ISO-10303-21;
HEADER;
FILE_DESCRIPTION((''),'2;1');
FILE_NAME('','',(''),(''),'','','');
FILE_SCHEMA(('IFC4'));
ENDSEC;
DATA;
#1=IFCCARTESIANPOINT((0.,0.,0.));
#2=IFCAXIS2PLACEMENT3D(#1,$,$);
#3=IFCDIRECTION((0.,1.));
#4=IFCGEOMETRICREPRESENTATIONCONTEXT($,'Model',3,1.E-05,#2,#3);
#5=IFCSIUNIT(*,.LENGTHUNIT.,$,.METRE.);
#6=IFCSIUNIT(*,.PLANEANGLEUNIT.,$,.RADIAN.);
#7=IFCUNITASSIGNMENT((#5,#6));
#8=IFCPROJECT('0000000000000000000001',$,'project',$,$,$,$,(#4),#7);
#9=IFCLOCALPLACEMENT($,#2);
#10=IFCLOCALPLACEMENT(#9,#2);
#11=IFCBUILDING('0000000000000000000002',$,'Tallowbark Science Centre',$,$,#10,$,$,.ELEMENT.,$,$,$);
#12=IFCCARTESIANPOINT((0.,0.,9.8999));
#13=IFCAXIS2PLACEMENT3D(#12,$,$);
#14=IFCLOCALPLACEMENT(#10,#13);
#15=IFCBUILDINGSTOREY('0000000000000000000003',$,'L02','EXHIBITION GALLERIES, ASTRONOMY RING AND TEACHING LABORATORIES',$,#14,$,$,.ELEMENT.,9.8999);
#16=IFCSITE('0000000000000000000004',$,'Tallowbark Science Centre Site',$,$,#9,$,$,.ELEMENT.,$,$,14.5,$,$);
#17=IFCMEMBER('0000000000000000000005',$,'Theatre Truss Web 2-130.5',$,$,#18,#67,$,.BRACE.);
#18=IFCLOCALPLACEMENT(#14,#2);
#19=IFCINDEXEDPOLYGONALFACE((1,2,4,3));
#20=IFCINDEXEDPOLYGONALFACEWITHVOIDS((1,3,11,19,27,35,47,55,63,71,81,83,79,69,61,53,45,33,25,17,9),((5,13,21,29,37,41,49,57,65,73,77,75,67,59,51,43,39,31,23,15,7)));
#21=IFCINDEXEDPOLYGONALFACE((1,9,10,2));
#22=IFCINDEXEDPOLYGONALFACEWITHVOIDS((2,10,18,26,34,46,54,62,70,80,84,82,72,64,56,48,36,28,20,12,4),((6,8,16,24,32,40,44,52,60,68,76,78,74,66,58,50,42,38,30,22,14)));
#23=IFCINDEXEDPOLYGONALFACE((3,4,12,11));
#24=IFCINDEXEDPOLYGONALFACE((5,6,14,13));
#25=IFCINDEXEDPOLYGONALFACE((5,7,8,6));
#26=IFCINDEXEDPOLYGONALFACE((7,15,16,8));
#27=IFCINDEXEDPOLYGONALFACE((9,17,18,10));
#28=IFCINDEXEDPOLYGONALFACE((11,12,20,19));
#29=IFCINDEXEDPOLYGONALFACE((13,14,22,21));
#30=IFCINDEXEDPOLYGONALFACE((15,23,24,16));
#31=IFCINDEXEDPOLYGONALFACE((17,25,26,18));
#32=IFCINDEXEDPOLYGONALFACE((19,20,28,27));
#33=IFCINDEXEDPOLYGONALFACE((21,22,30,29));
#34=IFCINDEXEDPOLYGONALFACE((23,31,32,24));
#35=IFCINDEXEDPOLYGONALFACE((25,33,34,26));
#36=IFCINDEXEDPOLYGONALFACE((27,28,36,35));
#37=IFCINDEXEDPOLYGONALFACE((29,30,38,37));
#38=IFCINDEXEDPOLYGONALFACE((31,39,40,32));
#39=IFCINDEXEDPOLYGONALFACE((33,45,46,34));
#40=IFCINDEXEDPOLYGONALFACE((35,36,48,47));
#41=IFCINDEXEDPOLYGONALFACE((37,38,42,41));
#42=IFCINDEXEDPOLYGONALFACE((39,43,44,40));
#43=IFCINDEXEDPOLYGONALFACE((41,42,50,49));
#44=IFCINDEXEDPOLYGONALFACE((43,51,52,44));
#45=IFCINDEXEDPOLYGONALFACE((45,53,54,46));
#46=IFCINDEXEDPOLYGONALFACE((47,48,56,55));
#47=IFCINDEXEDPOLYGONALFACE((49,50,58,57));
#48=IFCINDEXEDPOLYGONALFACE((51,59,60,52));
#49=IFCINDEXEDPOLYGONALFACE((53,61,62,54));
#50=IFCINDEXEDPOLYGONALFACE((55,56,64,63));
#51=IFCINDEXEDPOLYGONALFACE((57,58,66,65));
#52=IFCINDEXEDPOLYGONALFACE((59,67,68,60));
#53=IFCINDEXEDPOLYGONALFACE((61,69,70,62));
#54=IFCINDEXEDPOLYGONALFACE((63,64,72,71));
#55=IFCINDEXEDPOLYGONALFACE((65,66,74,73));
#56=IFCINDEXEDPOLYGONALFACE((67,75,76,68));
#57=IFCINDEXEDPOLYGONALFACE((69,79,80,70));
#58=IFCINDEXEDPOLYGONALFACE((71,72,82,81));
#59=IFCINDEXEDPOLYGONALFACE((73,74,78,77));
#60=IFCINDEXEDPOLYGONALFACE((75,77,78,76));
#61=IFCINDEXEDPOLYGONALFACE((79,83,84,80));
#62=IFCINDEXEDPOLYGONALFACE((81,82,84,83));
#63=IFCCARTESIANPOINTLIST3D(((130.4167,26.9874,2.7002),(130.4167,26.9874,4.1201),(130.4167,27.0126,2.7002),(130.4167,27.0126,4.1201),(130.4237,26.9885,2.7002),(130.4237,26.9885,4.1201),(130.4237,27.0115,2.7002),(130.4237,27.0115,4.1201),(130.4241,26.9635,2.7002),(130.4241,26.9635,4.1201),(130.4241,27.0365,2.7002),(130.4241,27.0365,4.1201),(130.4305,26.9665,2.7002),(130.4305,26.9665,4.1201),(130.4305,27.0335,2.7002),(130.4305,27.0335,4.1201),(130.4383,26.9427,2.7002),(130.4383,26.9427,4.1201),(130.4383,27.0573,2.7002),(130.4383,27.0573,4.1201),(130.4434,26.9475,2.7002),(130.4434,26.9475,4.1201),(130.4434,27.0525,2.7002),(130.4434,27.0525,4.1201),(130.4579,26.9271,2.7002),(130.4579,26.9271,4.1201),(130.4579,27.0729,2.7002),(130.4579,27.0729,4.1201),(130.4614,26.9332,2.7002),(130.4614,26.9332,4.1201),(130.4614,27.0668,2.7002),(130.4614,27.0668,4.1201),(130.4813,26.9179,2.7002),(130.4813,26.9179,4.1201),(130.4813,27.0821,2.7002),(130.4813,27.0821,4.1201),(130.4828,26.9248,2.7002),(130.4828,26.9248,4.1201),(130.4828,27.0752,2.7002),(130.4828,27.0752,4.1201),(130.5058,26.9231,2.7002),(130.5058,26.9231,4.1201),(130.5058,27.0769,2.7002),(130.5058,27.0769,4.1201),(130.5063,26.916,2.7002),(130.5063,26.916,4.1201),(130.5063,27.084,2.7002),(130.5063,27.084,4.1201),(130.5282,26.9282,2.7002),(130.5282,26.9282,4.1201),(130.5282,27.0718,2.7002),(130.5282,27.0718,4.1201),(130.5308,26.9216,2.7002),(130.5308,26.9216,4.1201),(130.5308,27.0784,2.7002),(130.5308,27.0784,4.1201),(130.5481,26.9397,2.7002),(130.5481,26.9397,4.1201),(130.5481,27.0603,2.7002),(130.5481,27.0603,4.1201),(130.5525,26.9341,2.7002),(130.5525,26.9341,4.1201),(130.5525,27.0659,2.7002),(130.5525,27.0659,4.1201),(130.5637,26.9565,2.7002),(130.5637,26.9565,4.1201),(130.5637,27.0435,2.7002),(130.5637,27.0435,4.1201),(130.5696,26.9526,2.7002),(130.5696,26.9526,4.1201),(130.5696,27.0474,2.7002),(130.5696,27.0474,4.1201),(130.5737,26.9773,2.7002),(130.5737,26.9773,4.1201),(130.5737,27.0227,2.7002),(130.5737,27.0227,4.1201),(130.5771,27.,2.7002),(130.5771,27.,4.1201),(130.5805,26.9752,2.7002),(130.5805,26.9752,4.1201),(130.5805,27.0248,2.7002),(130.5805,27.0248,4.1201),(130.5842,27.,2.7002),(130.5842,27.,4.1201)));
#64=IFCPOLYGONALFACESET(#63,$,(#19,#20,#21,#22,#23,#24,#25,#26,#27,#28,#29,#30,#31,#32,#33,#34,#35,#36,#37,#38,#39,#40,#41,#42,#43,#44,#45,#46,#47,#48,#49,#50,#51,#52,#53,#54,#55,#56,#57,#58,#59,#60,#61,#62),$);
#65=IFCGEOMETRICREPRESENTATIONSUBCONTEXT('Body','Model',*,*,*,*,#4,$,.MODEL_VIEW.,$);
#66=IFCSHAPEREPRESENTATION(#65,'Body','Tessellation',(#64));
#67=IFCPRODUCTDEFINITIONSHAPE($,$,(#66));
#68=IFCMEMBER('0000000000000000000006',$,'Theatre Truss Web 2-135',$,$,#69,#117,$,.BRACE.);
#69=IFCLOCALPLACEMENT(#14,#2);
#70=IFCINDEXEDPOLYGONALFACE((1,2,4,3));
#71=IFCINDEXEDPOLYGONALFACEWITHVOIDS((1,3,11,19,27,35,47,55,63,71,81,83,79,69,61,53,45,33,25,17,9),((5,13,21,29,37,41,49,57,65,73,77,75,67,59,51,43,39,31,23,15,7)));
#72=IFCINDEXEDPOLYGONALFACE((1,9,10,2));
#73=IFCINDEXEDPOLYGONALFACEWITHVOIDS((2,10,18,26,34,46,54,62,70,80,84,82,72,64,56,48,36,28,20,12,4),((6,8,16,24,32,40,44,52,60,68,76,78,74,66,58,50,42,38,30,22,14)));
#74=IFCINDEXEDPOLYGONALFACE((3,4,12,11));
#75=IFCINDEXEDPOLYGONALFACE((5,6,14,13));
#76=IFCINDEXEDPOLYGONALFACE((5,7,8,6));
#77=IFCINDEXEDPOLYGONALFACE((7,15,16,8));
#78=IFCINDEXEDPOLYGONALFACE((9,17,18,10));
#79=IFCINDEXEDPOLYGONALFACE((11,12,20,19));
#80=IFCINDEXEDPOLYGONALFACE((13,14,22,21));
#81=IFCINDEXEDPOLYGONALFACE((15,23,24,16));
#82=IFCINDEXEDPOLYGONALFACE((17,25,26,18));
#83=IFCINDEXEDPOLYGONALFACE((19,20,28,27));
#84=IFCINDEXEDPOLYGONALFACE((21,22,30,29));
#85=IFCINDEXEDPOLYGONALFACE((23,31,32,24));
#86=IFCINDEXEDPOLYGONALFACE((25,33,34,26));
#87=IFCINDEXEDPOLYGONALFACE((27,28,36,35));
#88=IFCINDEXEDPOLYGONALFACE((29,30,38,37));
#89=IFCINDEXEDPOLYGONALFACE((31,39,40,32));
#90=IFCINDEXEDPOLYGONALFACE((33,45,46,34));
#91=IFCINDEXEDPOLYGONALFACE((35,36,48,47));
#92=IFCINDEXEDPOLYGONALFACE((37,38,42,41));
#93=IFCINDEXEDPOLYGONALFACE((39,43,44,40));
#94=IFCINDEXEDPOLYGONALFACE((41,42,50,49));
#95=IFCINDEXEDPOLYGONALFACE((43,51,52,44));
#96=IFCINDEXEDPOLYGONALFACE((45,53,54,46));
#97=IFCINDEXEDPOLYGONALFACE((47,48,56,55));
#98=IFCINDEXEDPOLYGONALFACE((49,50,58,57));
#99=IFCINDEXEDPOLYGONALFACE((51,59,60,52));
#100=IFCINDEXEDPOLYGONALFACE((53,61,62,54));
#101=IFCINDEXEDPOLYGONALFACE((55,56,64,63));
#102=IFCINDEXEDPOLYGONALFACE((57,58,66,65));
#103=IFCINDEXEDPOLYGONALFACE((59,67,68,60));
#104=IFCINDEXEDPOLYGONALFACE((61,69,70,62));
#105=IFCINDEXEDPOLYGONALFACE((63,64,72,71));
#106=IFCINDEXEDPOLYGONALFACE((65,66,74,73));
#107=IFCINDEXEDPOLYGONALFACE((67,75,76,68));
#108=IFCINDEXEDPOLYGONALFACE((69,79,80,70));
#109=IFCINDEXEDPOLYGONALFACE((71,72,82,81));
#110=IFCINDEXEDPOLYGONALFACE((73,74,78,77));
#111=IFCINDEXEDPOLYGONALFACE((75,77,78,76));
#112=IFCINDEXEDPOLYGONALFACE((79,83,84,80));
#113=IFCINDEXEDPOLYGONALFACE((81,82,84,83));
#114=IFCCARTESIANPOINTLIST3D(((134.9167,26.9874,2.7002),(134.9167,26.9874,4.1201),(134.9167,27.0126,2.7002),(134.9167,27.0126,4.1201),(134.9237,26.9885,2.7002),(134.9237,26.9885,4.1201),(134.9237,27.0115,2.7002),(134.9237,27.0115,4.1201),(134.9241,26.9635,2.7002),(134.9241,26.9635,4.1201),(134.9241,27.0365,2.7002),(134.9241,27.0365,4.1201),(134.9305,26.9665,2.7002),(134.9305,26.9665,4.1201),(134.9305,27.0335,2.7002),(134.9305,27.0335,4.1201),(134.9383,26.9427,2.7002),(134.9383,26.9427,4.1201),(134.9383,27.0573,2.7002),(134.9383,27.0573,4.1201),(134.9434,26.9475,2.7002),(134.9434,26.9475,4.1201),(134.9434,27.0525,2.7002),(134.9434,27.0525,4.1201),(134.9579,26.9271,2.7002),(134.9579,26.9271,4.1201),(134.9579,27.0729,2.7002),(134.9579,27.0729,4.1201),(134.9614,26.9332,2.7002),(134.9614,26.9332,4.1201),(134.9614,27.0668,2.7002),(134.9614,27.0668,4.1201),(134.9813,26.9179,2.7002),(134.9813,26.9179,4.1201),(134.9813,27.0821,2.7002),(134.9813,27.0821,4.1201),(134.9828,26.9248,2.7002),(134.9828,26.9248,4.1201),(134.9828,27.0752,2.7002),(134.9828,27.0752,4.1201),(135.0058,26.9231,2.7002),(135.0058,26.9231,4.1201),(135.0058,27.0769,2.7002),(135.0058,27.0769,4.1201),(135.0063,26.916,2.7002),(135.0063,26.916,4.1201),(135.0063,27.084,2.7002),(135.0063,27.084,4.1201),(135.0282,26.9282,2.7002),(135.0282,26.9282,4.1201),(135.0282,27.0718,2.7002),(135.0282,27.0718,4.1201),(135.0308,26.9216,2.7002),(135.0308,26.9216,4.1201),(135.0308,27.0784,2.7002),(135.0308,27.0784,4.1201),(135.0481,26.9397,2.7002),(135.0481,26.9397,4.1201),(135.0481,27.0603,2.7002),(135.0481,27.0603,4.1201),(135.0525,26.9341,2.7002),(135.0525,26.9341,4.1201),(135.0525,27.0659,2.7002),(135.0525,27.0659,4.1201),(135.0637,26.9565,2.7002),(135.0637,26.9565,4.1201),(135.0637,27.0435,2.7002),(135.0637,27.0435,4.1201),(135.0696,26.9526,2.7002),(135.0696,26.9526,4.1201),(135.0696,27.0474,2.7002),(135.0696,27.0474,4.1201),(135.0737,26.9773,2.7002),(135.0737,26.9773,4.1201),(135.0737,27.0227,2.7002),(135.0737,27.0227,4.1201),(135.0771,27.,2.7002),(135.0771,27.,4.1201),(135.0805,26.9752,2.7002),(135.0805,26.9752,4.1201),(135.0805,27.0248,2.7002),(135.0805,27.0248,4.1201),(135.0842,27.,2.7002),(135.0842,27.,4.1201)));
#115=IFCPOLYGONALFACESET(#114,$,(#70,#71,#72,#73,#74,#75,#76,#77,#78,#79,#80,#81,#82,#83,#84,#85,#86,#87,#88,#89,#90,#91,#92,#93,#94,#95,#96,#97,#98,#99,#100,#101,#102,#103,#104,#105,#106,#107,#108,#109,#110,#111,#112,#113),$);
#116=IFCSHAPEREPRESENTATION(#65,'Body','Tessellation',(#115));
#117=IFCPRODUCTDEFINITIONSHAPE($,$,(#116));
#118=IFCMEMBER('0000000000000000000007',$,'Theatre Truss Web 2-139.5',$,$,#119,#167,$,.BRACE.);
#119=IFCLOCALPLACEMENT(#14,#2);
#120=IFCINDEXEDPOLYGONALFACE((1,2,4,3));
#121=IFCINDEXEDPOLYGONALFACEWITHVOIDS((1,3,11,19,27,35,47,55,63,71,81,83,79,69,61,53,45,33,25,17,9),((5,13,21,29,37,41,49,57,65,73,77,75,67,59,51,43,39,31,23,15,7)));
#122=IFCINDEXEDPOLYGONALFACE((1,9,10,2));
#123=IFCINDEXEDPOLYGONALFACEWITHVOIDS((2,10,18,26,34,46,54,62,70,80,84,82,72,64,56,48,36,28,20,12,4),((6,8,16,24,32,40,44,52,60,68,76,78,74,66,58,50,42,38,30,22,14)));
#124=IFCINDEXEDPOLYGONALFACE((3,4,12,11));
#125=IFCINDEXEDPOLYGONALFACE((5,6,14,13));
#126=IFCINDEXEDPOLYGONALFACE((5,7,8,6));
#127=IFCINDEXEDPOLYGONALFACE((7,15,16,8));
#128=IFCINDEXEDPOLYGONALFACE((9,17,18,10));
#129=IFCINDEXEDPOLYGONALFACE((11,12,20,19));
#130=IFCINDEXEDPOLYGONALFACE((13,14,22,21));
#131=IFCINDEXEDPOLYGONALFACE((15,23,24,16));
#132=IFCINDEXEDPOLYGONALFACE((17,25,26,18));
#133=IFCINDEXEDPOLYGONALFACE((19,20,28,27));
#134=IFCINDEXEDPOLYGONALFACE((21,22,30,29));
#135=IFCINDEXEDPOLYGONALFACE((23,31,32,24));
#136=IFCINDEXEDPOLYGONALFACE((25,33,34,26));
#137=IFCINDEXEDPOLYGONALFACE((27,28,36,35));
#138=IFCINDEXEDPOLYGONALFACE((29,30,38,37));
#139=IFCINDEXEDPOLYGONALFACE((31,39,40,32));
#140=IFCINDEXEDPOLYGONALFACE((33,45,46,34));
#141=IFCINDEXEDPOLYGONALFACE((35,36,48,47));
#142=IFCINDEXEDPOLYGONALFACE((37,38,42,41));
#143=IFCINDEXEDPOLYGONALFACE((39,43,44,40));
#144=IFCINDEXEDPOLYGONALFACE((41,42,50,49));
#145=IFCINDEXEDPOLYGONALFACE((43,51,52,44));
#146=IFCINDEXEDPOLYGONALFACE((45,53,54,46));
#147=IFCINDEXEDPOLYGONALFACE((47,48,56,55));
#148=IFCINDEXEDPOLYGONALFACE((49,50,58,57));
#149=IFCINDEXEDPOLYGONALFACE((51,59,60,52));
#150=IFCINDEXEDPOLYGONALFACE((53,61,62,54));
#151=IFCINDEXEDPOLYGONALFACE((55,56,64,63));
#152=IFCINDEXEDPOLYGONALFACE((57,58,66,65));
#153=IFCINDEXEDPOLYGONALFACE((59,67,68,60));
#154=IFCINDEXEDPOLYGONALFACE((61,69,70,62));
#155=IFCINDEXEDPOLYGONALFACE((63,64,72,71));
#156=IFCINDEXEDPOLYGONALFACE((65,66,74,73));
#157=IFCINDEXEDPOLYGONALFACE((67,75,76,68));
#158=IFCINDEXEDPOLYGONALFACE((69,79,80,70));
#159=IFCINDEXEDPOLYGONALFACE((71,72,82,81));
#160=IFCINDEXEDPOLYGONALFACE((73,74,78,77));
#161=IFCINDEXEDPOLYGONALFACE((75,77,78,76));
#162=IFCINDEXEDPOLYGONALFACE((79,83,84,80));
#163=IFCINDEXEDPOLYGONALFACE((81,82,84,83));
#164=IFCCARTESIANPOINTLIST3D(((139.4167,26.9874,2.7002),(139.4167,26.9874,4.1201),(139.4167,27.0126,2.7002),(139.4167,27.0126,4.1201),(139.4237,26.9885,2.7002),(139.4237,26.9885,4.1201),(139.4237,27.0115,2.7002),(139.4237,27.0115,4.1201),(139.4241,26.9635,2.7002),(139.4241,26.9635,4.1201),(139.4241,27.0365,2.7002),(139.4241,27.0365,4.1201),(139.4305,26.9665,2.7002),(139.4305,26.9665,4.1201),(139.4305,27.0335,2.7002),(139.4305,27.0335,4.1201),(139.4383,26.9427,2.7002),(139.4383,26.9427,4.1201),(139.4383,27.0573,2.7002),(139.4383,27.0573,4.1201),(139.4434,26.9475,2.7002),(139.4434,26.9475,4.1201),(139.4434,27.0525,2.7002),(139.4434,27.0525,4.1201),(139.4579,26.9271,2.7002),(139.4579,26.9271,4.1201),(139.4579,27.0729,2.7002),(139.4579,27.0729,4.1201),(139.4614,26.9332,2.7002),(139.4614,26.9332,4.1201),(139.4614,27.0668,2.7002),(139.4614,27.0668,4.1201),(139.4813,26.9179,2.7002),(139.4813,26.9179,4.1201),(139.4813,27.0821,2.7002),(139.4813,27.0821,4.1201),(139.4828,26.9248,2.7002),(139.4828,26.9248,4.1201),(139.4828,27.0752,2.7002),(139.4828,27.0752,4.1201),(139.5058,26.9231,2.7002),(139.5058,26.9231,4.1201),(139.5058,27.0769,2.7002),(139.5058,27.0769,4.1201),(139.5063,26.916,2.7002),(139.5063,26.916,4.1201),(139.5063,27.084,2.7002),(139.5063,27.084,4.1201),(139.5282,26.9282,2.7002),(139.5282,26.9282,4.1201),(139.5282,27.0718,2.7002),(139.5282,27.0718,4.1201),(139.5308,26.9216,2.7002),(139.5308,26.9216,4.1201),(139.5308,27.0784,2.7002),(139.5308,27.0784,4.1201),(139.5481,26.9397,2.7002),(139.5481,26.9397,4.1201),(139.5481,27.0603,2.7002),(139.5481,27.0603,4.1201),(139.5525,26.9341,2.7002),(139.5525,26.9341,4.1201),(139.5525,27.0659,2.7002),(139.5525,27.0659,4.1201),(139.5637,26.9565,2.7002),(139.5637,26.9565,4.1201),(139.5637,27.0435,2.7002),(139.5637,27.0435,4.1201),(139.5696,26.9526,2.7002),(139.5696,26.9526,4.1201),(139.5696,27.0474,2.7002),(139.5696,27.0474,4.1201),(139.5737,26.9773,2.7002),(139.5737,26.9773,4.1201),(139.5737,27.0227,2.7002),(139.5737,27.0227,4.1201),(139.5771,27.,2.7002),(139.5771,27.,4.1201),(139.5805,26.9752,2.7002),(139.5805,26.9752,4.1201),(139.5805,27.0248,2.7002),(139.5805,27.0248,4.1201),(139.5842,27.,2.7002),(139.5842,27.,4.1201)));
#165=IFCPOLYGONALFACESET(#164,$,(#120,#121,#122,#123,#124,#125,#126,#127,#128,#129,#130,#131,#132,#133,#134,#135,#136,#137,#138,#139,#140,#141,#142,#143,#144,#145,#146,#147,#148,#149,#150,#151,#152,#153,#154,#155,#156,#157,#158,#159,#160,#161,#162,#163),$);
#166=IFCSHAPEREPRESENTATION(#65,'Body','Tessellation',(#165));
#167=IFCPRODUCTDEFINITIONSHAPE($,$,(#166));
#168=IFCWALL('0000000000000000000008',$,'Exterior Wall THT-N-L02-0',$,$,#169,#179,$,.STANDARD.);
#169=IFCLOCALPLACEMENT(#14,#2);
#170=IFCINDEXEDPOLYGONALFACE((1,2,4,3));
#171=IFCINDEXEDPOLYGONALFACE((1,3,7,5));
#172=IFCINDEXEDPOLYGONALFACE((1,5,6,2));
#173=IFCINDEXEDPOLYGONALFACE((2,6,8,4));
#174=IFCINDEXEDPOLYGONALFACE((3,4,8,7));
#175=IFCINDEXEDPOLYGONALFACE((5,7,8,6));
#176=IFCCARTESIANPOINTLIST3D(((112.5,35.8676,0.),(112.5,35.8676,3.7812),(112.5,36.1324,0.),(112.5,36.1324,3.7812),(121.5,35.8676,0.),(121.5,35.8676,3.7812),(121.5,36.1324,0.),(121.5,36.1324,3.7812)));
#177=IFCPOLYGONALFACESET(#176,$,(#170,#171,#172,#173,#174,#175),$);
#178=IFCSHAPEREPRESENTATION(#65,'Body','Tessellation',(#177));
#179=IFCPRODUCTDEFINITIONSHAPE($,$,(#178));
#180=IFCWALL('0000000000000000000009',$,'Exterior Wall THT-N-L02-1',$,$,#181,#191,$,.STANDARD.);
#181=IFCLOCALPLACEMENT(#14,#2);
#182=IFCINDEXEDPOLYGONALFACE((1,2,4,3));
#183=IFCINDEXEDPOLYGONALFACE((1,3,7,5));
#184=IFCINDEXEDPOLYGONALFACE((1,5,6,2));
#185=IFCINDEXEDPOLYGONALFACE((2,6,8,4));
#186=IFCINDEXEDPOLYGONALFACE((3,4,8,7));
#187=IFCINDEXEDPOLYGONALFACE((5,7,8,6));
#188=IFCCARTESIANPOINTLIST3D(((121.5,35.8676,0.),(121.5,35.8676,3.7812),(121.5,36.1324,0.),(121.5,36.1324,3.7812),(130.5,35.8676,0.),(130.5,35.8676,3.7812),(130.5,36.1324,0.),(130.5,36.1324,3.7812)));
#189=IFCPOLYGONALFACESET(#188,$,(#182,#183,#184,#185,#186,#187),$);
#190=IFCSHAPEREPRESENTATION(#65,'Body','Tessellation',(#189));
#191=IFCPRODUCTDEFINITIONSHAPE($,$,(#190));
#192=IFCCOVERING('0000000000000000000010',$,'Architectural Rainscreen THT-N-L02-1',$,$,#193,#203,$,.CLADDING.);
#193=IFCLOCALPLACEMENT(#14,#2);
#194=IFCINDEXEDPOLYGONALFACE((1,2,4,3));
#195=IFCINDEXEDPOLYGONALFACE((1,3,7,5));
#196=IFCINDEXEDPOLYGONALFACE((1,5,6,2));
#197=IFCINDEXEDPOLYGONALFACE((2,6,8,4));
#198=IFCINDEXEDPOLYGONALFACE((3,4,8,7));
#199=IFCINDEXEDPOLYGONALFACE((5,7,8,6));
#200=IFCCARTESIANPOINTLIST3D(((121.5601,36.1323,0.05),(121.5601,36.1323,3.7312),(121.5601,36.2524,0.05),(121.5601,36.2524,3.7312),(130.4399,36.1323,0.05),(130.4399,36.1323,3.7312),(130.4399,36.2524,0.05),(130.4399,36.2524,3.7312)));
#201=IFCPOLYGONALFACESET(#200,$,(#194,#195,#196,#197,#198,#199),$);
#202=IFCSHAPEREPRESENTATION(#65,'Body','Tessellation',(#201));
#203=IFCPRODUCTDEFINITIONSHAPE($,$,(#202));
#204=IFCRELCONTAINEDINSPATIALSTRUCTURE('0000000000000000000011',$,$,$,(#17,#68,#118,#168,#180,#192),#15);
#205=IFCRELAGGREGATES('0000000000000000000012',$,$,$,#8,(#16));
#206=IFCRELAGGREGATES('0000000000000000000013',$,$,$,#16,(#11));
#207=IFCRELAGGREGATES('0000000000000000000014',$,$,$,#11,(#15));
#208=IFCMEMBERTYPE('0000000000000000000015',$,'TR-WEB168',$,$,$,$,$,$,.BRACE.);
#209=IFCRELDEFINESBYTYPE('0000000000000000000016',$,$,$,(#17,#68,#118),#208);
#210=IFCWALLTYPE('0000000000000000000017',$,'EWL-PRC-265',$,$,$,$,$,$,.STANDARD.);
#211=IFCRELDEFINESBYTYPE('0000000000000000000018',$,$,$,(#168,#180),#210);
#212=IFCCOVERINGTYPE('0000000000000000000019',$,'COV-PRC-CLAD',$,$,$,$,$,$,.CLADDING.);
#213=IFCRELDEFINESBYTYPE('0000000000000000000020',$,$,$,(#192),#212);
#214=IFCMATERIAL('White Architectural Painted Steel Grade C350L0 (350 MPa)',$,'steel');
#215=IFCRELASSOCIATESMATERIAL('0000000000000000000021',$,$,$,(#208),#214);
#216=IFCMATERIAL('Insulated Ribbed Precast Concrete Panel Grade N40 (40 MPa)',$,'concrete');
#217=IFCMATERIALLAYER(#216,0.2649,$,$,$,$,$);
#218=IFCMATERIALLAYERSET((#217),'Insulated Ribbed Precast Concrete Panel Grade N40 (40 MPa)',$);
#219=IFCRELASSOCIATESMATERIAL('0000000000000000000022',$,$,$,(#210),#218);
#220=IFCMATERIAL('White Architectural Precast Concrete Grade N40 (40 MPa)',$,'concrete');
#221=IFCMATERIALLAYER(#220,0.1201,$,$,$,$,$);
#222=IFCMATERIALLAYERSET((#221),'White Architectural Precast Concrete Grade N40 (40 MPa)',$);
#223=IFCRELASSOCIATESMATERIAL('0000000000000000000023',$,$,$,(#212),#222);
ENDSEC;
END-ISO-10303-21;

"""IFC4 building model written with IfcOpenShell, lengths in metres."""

from ifc_helpers import new_model, si_unit, direction, frame, frame_2d, origin, origin_2d, place, context, subcontext, project, spatial, rectangle, hollow_circle, extrude, material, layer, layer_set, material_profile, profile_set, type_object, element, save


model = new_model("IFC4")

# Units and contexts
model_context = context("Model", 3, precision=1e-05, world=origin(), true_north=direction((0.0, 1.0)))
body_context = subcontext(model_context, "Body", "Model", "MODEL_VIEW")
ifc_project = project(units=[si_unit("LENGTHUNIT", "METRE"), si_unit("PLANEANGLEUNIT", "RADIAN")], contexts=[model_context])

# Site, building, storey
site_placement = place(None, origin())
site = spatial("IfcSite", under=ifc_project, at=site_placement, Name="Tallowbark Science Centre Site", CompositionType="ELEMENT", RefElevation=14.5)
building_placement = place(site_placement, origin())
building = spatial("IfcBuilding", under=site, at=building_placement, Name="Tallowbark Science Centre", CompositionType="ELEMENT")
storey_placement = place(building_placement, frame((0.0, 0.0, 9.8999)))
storey = spatial("IfcBuildingStorey", under=building, at=storey_placement, Name="L02", Description="EXHIBITION GALLERIES, ASTRONOMY RING AND TEACHING LABORATORIES", CompositionType="ELEMENT", Elevation=9.8999)

# Members
ifc_material_1 = material(Name="White Architectural Painted Steel Grade C350L0 (350 MPa)", Category="steel")
ifc_material_profile_1 = material_profile(ifc_material_1, hollow_circle(Radius=0.0842, WallThickness=0.0071, at=origin_2d()), Name="168.3x7.1CHS")
ifc_profile_set_1 = profile_set([ifc_material_profile_1], Name="White Architectural Painted Steel Grade C350L0 (350 MPa)")
member_type_1 = type_object("IfcMemberType", Name="TR-WEB168", PredefinedType="BRACE", material=ifc_profile_set_1)
for number, where, z_axis, x_axis, name in (
    (1, (130.5, 27.0, 2.7002), (0.0, 0.0, 1.0), (1.0, 0.0, 0.0), "Theatre Truss Web 2-130.5"),
    (2, (135.0, 27.0, 2.7002), (0.0, 0.0, 1.0), (1.0, 0.0, 0.0), "Theatre Truss Web 2-135"),
    (3, (139.5, 27.0, 2.7002), (0.0, 0.0, 1.0), (1.0, 0.0, 0.0), "Theatre Truss Web 2-139.5"),
):
    element("IfcMember", number, at=place(storey_placement, frame(where, z_axis=z_axis, x_axis=x_axis)), inside=storey, type_object=member_type_1, Name=name, PredefinedType="BRACE", context=body_context, shape_type="SweptSolid", body=[
        extrude(hollow_circle(Radius=0.0842, WallThickness=0.0071, at=origin_2d()), origin(), (0.0, 0.0, 1.0), 1.4199),
    ])

# Walls
ifc_material_2 = material(Name="Insulated Ribbed Precast Concrete Panel Grade N40 (40 MPa)", Category="concrete")
ifc_layer_1 = layer(ifc_material_2, 0.2649)
ifc_layer_set_1 = layer_set([ifc_layer_1], Name="Insulated Ribbed Precast Concrete Panel Grade N40 (40 MPa)")
wall_type = type_object("IfcWallType", Name="EWL-PRC-265", PredefinedType="STANDARD", material=ifc_layer_set_1)
for number, where, z_axis, x_axis, name in (
    (4, (121.5, 36.0, 0.0), (0.0, 0.0, 1.0), (-1.0, 0.0, 0.0), "Exterior Wall THT-N-L02-0"),
    (5, (130.5, 36.0, 0.0), (0.0, 0.0, 1.0), (-1.0, 0.0, 0.0), "Exterior Wall THT-N-L02-1"),
):
    element("IfcWall", number, at=place(storey_placement, frame(where, z_axis=z_axis, x_axis=x_axis)), inside=storey, type_object=wall_type, Name=name, PredefinedType="STANDARD", context=body_context, shape_type="SweptSolid", body=[
        extrude(rectangle(XDim=9.0, YDim=0.2649, at=frame_2d((4.5, 0.0))), origin(), (0.0, 0.0, 1.0), 3.7812),
    ])

# Covering
ifc_material_3 = material(Name="White Architectural Precast Concrete Grade N40 (40 MPa)", Category="concrete")
ifc_layer_2 = layer(ifc_material_3, 0.1201)
ifc_layer_set_2 = layer_set([ifc_layer_2], Name="White Architectural Precast Concrete Grade N40 (40 MPa)")
covering_type = type_object("IfcCoveringType", Name="COV-PRC-CLAD", PredefinedType="CLADDING", material=ifc_layer_set_2)
for number, where, z_axis, x_axis, name in (
    (6, (126.0, 36.1924, 0.05), (0.0, 0.0, 1.0), (-1.0, 0.0, 0.0), "Architectural Rainscreen THT-N-L02-1"),
):
    element("IfcCovering", number, at=place(storey_placement, frame(where, z_axis=z_axis, x_axis=x_axis)), inside=storey, type_object=covering_type, Name=name, PredefinedType="CLADDING", context=body_context, shape_type="SweptSolid", body=[
        extrude(rectangle(XDim=8.8799, YDim=0.1201, at=origin_2d()), origin(), (0.0, 0.0, 1.0), 3.6812),
    ])

save(model, "model.ifc")
